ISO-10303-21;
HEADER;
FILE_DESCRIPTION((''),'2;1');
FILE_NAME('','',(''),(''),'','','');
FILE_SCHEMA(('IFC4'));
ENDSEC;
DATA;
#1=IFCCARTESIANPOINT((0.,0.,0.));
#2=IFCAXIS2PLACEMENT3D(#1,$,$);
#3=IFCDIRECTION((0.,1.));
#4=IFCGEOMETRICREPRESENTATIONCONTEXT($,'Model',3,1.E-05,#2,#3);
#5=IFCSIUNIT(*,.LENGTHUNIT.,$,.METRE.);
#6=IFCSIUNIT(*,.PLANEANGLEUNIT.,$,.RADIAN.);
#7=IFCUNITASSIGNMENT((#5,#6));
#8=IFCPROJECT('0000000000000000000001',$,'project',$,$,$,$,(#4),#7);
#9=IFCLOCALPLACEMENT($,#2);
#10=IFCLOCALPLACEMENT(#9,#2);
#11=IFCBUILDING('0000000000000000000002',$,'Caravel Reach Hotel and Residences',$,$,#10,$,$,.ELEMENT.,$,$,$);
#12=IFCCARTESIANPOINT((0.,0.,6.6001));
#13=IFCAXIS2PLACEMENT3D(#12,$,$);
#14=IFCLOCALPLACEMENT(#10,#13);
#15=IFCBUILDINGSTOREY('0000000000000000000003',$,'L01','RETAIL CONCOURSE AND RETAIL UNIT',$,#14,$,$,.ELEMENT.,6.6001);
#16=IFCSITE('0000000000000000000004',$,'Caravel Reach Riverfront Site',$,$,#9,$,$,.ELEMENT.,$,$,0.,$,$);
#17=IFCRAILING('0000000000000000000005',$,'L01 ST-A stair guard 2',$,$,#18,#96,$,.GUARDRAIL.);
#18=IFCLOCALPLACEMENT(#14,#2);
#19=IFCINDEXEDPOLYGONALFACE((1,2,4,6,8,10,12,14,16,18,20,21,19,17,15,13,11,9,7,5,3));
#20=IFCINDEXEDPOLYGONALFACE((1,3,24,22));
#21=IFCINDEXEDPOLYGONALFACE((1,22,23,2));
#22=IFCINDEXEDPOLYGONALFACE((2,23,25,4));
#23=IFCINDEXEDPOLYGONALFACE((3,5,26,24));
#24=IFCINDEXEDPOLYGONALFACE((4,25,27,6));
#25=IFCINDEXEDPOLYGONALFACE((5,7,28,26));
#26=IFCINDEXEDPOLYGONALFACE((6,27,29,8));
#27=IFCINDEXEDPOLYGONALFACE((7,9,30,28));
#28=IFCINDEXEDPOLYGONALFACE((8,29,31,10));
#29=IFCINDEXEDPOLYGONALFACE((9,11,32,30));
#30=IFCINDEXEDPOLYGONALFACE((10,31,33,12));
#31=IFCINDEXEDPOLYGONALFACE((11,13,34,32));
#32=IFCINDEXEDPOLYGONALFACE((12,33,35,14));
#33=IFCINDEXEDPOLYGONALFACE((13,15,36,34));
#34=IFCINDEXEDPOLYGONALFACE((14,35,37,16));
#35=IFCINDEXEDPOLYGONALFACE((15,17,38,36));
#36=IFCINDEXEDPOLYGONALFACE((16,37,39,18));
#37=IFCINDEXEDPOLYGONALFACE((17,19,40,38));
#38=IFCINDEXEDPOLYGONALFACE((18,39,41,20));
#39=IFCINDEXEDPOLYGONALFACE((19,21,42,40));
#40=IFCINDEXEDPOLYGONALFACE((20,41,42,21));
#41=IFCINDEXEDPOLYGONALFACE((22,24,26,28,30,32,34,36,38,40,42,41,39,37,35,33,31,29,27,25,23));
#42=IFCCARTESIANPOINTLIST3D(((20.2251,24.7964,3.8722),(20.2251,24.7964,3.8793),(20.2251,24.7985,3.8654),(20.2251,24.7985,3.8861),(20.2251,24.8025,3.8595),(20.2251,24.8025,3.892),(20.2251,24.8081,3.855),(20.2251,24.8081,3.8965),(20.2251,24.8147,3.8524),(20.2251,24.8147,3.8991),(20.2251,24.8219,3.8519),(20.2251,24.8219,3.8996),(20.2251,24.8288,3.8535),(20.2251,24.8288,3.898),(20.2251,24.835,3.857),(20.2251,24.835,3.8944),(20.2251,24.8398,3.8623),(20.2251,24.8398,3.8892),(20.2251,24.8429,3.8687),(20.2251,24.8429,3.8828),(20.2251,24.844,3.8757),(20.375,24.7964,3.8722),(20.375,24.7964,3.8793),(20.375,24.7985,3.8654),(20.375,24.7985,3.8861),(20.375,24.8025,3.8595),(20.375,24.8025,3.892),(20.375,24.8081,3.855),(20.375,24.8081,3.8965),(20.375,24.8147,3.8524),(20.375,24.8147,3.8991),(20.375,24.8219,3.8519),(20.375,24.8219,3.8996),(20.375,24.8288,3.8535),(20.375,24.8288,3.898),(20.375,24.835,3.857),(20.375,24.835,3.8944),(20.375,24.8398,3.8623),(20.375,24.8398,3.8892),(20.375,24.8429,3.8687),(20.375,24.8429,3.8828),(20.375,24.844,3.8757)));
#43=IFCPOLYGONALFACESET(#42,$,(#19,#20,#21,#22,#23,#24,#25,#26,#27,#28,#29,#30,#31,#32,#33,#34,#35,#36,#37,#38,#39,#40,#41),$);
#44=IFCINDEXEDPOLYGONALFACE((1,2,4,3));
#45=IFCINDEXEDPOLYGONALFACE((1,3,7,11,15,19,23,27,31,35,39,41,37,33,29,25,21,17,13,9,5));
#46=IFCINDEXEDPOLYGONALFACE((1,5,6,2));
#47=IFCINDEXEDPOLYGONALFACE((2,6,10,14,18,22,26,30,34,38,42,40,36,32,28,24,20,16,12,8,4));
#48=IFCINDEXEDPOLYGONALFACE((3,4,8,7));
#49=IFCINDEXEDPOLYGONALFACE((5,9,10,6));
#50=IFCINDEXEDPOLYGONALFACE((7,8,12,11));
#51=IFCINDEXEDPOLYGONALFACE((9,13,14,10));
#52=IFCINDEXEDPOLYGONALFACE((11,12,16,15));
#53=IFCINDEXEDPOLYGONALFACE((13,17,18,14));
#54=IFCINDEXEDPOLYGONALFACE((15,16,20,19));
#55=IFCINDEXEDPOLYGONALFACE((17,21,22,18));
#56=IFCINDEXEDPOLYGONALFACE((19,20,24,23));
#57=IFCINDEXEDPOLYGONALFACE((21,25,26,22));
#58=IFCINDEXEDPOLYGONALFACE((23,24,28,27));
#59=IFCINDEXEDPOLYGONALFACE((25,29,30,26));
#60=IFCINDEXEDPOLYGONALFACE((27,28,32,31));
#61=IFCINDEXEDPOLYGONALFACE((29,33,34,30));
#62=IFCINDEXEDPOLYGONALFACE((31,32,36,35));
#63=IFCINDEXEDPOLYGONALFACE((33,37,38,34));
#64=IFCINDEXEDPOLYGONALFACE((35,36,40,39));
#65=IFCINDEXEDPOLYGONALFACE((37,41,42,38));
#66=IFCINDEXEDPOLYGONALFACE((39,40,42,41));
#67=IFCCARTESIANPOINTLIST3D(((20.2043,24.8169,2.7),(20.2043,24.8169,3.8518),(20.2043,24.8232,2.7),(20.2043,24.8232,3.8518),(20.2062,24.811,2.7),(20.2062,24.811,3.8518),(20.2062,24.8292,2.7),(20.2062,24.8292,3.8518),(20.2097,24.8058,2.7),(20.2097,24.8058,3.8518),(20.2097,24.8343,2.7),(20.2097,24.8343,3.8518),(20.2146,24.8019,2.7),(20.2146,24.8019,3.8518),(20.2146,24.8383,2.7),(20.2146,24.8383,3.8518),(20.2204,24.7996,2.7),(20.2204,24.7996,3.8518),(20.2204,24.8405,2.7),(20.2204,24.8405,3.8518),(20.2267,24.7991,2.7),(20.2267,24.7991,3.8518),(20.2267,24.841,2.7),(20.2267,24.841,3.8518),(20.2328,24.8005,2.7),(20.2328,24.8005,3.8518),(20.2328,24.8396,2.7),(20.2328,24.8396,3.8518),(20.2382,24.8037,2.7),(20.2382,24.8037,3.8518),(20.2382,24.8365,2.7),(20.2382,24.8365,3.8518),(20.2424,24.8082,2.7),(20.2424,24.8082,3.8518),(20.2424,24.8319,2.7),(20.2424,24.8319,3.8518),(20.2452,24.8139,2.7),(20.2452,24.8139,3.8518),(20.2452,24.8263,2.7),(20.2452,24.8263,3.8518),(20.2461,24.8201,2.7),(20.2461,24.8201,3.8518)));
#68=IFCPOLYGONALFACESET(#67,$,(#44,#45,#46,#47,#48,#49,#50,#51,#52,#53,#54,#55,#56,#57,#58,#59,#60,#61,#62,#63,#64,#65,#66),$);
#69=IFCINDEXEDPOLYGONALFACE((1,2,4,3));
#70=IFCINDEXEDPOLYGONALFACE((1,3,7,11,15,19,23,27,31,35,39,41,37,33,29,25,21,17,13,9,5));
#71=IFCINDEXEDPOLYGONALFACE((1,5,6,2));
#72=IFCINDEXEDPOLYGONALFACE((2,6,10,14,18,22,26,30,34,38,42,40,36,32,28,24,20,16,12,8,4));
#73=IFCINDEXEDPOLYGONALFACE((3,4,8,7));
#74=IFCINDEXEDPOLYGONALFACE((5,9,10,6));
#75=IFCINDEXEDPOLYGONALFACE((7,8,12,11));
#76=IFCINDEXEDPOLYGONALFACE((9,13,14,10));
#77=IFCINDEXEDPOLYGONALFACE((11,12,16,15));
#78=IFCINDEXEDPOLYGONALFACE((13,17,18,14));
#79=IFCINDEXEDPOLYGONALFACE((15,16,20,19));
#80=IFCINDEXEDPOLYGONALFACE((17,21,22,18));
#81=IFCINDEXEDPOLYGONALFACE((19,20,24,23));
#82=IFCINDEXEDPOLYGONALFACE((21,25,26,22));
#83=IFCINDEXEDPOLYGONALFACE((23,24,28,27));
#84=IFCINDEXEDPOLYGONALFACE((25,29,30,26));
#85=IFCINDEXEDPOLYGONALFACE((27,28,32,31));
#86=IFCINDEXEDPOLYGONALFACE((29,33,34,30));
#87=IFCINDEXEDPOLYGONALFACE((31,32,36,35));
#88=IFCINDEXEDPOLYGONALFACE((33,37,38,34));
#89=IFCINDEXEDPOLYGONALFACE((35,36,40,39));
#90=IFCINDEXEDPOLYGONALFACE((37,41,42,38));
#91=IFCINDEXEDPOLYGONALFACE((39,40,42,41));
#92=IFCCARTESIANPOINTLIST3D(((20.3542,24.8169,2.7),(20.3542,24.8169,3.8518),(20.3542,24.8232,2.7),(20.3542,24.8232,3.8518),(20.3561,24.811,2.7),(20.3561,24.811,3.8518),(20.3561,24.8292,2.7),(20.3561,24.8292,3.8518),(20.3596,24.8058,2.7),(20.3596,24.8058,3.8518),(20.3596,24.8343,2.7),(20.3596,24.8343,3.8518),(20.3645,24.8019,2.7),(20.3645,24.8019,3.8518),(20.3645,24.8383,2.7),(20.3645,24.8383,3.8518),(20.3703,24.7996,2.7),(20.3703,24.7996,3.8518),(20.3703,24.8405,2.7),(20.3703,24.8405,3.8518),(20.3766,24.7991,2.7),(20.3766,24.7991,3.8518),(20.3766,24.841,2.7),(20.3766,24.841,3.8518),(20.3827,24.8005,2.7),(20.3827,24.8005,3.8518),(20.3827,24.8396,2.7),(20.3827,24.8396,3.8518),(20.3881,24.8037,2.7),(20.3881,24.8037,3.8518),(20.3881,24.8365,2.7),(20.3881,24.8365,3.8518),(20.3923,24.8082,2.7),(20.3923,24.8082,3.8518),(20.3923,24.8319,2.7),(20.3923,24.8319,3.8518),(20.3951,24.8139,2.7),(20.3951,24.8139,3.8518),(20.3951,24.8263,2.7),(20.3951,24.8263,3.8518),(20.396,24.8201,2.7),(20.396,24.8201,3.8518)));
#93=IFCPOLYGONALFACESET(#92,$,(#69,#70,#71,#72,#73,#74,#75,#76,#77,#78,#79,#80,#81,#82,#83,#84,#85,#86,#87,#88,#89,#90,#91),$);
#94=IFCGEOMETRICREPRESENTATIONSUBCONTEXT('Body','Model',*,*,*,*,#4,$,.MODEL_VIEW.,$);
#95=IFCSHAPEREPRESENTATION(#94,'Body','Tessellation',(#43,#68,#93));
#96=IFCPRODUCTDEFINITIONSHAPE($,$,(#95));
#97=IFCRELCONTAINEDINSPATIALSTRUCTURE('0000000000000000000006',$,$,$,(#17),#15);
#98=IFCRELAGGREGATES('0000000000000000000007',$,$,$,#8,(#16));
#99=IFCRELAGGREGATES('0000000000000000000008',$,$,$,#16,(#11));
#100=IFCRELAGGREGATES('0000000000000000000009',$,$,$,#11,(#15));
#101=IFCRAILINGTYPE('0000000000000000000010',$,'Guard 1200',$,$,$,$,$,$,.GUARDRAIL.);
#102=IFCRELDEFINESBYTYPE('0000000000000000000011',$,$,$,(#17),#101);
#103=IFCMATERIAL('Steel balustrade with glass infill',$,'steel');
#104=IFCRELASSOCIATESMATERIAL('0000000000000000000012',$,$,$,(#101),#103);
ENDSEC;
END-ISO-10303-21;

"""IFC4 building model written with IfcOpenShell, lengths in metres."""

from ifc_helpers import new_model, si_unit, direction, frame, origin, origin_2d, place, context, subcontext, project, spatial, circle, extrude, material, type_object, element, save


model = new_model("IFC4")

# Units and contexts
model_context = context("Model", 3, precision=1e-05, world=origin(), true_north=direction((0.0, 1.0)))
body_context = subcontext(model_context, "Body", "Model", "MODEL_VIEW")
ifc_project = project(units=[si_unit("LENGTHUNIT", "METRE"), si_unit("PLANEANGLEUNIT", "RADIAN")], contexts=[model_context])

# Site, building, storey
site_placement = place(None, origin())
site = spatial("IfcSite", under=ifc_project, at=site_placement, Name="Caravel Reach Riverfront Site", CompositionType="ELEMENT", RefElevation=0.0)
building_placement = place(site_placement, origin())
building = spatial("IfcBuilding", under=site, at=building_placement, Name="Caravel Reach Hotel and Residences", CompositionType="ELEMENT")
storey_placement = place(building_placement, frame((0.0, 0.0, 6.6001)))
storey = spatial("IfcBuildingStorey", under=building, at=storey_placement, Name="L01", Description="RETAIL CONCOURSE AND RETAIL UNIT", CompositionType="ELEMENT", Elevation=6.6001)

# Railing
ifc_material_1 = material(Name="Steel balustrade with glass infill", Category="steel")
railing_type_1 = type_object("IfcRailingType", Name="Guard 1200", PredefinedType="GUARDRAIL", material=ifc_material_1)
railing_1_placement = place(storey_placement, frame((20.2251, 24.8201, 2.7)))
element("IfcRailing", 1, at=railing_1_placement, inside=storey, type_object=railing_type_1, Name="L01 ST-A stair guard 2", PredefinedType="GUARDRAIL", context=body_context, shape_type="SweptSolid", body=[
    extrude(circle(Radius=0.0239, at=origin_2d()), frame((0.0, 0.0, 1.1758), z_axis=(1.0, 0.0, 0.0), x_axis=(0.0, 1.0, 0.0)), (0.0, 0.0, 1.0), 0.1499),
    extrude(circle(Radius=0.021, at=origin_2d()), origin(), (0.0, 0.0, 1.0), 1.1519),
    extrude(circle(Radius=0.021, at=origin_2d()), frame((0.1499, 0.0, 0.0)), (0.0, 0.0, 1.0), 1.1519),
])

save(model, "model.ifc")
